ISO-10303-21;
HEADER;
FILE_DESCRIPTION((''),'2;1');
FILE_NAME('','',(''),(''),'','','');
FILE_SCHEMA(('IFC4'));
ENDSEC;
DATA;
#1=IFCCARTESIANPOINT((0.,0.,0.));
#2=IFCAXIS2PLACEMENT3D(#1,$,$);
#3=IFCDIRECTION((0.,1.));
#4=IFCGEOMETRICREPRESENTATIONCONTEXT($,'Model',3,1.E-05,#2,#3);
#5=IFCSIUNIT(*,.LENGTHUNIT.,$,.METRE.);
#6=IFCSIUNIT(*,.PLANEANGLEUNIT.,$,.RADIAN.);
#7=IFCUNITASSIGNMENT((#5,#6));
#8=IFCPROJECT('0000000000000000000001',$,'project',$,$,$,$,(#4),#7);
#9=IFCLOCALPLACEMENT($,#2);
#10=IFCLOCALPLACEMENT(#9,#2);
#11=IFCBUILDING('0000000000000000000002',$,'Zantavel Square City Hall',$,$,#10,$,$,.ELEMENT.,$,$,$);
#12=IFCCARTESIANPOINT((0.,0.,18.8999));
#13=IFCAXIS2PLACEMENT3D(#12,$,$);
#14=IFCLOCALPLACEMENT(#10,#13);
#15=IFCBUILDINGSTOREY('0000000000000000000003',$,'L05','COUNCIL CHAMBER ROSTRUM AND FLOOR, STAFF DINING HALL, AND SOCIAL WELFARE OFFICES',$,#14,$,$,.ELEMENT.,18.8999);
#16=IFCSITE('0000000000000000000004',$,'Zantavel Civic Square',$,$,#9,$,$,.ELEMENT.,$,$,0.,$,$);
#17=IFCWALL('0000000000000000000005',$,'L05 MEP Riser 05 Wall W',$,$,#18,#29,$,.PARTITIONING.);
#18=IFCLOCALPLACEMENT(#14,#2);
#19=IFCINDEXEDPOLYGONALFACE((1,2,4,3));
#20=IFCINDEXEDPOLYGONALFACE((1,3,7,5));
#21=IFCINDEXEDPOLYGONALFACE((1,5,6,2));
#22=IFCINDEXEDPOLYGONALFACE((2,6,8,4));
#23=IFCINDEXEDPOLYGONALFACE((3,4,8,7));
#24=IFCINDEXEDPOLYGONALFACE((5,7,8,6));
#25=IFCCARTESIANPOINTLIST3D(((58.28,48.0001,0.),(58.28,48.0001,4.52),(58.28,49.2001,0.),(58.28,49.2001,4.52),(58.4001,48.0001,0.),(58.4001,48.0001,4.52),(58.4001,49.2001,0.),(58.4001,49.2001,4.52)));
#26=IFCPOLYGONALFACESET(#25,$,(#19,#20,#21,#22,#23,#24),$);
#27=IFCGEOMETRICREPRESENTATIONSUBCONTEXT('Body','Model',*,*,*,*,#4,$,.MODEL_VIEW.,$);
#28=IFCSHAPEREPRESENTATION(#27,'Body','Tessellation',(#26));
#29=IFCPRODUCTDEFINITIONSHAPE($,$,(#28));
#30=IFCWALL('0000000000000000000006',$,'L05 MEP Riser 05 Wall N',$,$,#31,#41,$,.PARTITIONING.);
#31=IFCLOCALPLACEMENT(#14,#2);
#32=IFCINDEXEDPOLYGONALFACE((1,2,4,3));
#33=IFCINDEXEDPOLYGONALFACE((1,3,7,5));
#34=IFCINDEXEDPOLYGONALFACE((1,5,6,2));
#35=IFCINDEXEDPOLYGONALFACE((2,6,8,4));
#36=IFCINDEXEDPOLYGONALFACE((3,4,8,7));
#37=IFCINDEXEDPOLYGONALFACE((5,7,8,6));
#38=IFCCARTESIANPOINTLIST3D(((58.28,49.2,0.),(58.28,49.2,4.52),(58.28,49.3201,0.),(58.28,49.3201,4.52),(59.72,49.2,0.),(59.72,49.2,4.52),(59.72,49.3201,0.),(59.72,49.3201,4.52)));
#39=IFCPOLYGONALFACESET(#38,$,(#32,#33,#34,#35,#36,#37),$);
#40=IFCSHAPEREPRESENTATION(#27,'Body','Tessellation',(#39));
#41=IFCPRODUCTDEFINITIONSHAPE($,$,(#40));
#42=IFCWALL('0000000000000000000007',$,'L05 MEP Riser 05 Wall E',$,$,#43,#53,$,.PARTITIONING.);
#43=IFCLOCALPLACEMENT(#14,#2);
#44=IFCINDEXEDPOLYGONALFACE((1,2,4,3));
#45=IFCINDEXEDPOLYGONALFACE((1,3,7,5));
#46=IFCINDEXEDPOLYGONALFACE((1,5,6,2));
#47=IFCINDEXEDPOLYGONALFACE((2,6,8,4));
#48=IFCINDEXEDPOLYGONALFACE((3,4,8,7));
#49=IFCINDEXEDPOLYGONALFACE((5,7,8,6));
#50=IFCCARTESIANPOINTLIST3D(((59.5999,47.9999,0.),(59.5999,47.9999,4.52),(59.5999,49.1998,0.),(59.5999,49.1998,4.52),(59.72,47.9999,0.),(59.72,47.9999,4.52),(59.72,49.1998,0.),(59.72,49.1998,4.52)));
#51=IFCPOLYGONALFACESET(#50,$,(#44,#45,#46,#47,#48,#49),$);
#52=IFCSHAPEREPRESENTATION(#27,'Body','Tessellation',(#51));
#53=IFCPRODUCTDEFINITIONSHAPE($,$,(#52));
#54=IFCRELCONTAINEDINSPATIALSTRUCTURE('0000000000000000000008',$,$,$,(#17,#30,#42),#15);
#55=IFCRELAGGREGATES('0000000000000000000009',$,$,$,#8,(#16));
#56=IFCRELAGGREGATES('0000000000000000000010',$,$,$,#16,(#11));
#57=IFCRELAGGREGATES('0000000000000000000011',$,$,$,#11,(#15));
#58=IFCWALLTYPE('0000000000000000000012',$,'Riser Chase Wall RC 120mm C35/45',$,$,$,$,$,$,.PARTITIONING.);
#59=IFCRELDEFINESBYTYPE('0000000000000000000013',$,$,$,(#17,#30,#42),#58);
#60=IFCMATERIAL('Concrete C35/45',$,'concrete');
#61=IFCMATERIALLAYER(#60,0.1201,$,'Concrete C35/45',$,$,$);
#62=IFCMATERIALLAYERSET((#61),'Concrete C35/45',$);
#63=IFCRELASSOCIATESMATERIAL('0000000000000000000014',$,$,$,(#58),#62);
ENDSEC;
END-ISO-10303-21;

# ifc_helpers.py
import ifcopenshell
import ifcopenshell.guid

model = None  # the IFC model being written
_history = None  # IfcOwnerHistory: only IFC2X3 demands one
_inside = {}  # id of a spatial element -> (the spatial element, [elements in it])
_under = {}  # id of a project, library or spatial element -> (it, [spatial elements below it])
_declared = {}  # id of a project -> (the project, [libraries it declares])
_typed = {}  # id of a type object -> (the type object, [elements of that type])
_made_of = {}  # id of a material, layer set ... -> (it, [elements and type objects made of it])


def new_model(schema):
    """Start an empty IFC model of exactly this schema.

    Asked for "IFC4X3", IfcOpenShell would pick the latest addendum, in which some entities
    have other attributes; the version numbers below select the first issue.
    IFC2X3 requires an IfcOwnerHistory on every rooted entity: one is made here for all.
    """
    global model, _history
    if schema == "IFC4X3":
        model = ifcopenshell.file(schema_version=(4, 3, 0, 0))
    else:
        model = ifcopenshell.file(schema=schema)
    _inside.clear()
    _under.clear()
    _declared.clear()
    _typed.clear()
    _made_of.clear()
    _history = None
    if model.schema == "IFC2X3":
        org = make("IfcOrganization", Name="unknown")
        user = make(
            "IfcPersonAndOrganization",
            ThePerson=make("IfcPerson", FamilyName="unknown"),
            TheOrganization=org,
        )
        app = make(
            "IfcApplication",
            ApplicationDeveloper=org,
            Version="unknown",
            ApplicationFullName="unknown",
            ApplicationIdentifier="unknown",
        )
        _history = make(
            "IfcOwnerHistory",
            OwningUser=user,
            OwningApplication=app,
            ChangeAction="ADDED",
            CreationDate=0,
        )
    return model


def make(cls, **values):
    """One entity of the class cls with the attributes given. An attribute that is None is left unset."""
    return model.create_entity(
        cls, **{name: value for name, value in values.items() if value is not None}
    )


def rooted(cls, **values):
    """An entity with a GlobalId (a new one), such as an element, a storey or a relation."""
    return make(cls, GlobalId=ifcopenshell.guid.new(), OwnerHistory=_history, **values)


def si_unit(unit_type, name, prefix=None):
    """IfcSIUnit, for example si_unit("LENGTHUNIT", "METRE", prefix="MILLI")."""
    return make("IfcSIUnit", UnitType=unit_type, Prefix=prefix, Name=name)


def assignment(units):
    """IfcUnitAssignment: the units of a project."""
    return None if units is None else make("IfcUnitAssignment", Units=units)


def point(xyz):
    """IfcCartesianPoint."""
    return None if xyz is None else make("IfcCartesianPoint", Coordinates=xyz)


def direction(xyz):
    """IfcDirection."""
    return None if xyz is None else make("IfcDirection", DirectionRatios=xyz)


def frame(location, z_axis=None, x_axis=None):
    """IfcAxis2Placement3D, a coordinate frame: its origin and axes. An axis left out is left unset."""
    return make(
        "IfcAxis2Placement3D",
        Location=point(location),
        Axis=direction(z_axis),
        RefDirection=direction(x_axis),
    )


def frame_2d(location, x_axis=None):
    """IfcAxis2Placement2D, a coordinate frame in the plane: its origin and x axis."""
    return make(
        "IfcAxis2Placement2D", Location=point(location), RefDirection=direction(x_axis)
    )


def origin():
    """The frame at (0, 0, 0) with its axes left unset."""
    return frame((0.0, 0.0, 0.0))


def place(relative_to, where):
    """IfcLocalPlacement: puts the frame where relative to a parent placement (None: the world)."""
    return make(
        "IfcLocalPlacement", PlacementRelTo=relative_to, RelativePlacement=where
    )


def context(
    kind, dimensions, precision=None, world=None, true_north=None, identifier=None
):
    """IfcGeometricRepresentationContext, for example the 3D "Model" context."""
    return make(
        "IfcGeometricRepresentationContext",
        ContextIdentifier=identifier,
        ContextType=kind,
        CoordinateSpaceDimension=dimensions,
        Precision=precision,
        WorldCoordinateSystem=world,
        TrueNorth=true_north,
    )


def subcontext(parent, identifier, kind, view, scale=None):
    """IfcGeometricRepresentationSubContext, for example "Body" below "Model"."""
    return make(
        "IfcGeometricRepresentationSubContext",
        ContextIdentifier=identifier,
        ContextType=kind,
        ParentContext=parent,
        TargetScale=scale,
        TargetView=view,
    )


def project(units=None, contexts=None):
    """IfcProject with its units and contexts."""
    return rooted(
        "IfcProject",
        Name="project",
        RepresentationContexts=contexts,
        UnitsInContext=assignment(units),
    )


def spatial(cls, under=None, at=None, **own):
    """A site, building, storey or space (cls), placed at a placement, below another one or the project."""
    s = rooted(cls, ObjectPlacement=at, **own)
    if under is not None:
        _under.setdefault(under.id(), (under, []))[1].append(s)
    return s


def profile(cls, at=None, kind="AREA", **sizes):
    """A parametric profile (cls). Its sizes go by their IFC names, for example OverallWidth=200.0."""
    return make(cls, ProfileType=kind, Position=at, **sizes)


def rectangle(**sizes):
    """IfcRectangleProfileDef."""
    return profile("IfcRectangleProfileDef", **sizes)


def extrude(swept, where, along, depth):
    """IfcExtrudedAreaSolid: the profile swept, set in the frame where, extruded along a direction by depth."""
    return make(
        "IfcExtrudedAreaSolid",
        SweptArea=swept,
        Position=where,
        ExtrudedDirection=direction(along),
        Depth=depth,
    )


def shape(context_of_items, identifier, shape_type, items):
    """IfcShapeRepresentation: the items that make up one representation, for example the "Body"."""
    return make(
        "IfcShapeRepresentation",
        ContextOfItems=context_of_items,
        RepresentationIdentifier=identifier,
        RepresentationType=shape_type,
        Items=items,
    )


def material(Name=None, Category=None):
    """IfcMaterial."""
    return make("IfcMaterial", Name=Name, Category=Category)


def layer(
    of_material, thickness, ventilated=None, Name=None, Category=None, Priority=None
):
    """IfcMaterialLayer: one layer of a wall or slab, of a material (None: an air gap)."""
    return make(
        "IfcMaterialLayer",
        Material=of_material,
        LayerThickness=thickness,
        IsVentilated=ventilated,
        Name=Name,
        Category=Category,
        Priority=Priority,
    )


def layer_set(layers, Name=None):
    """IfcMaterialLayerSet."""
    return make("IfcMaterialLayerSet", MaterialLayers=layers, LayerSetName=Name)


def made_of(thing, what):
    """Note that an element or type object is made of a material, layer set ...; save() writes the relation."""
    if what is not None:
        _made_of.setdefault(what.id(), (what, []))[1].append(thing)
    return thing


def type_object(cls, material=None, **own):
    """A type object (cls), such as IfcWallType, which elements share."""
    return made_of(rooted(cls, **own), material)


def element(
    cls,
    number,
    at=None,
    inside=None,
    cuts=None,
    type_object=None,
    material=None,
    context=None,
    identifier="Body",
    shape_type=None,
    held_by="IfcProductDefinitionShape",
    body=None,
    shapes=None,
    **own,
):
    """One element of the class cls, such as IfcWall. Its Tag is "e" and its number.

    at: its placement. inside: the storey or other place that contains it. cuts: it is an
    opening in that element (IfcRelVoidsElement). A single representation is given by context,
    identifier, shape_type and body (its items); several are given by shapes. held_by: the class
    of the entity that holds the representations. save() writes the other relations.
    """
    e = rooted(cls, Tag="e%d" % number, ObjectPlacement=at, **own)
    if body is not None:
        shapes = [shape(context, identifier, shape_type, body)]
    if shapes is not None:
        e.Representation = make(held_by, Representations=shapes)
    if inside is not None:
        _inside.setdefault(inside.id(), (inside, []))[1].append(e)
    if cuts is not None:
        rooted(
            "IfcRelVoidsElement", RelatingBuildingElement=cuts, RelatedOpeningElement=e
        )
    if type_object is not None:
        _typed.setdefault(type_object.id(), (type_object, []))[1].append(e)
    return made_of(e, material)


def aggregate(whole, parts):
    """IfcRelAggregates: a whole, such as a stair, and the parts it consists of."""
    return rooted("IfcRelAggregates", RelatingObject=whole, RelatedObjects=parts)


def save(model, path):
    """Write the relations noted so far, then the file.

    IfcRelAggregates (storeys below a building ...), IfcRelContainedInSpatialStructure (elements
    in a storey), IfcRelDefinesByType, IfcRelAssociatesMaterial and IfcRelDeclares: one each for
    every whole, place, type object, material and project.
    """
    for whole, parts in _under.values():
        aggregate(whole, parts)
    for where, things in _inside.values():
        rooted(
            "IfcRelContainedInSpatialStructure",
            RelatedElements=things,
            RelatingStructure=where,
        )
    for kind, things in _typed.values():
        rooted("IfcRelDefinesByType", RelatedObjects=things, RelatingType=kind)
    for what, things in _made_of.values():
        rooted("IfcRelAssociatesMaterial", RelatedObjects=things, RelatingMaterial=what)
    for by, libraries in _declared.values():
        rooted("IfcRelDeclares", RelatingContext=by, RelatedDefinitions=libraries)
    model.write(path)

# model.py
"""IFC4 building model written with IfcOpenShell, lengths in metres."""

from ifc_helpers import new_model, si_unit, direction, frame, frame_2d, origin, place, context, subcontext, project, spatial, rectangle, extrude, material, layer, layer_set, type_object, element, save


model = new_model("IFC4")

# Units and contexts
model_context = context("Model", 3, precision=1e-05, world=origin(), true_north=direction((0.0, 1.0)))
body_context = subcontext(model_context, "Body", "Model", "MODEL_VIEW")
ifc_project = project(units=[si_unit("LENGTHUNIT", "METRE"), si_unit("PLANEANGLEUNIT", "RADIAN")], contexts=[model_context])

# Site, building, storey
site_placement = place(None, origin())
site = spatial("IfcSite", under=ifc_project, at=site_placement, Name="Zantavel Civic Square", CompositionType="ELEMENT", RefElevation=0.0)
building_placement = place(site_placement, origin())
building = spatial("IfcBuilding", under=site, at=building_placement, Name="Zantavel Square City Hall", CompositionType="ELEMENT")
storey_placement = place(building_placement, frame((0.0, 0.0, 18.8999)))
storey = spatial("IfcBuildingStorey", under=building, at=storey_placement, Name="L05", Description="COUNCIL CHAMBER ROSTRUM AND FLOOR, STAFF DINING HALL, AND SOCIAL WELFARE OFFICES", CompositionType="ELEMENT", Elevation=18.8999)

# Shared definitions
ifc_material_1 = material(Name="Concrete C35/45", Category="concrete")

# Walls
ifc_layer_1 = layer(ifc_material_1, 0.1201, Name="Concrete C35/45")
ifc_layer_set_1 = layer_set([ifc_layer_1], Name="Concrete C35/45")
wall_type_1 = type_object("IfcWallType", Name="Riser Chase Wall RC 120mm C35/45", PredefinedType="PARTITIONING", material=ifc_layer_set_1)
wall_1_placement = place(storey_placement, frame((58.3401, 48.0, 0.0), z_axis=(0.0, 0.0, 1.0), x_axis=(0.0, 1.0, 0.0)))
element("IfcWall", 1, at=wall_1_placement, inside=storey, type_object=wall_type_1, Name="L05 MEP Riser 05 Wall W", PredefinedType="PARTITIONING", context=body_context, shape_type="SweptSolid", body=[
    extrude(rectangle(XDim=1.2, YDim=0.1201, at=frame_2d((0.6001, 0.0))), origin(), (0.0, 0.0, 1.0), 4.52),
])
wall_2_placement = place(storey_placement, frame((58.28, 49.26, 0.0), z_axis=(0.0, 0.0, 1.0), x_axis=(1.0, 0.0, 0.0)))
element("IfcWall", 2, at=wall_2_placement, inside=storey, type_object=wall_type_1, Name="L05 MEP Riser 05 Wall N", PredefinedType="PARTITIONING", context=body_context, shape_type="SweptSolid", body=[
    extrude(rectangle(XDim=1.4399, YDim=0.1201, at=frame_2d((0.72, 0.0))), origin(), (0.0, 0.0, 1.0), 4.52),
])
wall_3_placement = place(storey_placement, frame((59.6599, 49.2, 0.0), z_axis=(0.0, 0.0, 1.0), x_axis=(0.0, -1.0, 0.0)))
element("IfcWall", 3, at=wall_3_placement, inside=storey, type_object=wall_type_1, Name="L05 MEP Riser 05 Wall E", PredefinedType="PARTITIONING", context=body_context, shape_type="SweptSolid", body=[
    extrude(rectangle(XDim=1.2, YDim=0.1201, at=frame_2d((0.6001, 0.0))), origin(), (0.0, 0.0, 1.0), 4.52),
])

save(model, "model.ifc")
